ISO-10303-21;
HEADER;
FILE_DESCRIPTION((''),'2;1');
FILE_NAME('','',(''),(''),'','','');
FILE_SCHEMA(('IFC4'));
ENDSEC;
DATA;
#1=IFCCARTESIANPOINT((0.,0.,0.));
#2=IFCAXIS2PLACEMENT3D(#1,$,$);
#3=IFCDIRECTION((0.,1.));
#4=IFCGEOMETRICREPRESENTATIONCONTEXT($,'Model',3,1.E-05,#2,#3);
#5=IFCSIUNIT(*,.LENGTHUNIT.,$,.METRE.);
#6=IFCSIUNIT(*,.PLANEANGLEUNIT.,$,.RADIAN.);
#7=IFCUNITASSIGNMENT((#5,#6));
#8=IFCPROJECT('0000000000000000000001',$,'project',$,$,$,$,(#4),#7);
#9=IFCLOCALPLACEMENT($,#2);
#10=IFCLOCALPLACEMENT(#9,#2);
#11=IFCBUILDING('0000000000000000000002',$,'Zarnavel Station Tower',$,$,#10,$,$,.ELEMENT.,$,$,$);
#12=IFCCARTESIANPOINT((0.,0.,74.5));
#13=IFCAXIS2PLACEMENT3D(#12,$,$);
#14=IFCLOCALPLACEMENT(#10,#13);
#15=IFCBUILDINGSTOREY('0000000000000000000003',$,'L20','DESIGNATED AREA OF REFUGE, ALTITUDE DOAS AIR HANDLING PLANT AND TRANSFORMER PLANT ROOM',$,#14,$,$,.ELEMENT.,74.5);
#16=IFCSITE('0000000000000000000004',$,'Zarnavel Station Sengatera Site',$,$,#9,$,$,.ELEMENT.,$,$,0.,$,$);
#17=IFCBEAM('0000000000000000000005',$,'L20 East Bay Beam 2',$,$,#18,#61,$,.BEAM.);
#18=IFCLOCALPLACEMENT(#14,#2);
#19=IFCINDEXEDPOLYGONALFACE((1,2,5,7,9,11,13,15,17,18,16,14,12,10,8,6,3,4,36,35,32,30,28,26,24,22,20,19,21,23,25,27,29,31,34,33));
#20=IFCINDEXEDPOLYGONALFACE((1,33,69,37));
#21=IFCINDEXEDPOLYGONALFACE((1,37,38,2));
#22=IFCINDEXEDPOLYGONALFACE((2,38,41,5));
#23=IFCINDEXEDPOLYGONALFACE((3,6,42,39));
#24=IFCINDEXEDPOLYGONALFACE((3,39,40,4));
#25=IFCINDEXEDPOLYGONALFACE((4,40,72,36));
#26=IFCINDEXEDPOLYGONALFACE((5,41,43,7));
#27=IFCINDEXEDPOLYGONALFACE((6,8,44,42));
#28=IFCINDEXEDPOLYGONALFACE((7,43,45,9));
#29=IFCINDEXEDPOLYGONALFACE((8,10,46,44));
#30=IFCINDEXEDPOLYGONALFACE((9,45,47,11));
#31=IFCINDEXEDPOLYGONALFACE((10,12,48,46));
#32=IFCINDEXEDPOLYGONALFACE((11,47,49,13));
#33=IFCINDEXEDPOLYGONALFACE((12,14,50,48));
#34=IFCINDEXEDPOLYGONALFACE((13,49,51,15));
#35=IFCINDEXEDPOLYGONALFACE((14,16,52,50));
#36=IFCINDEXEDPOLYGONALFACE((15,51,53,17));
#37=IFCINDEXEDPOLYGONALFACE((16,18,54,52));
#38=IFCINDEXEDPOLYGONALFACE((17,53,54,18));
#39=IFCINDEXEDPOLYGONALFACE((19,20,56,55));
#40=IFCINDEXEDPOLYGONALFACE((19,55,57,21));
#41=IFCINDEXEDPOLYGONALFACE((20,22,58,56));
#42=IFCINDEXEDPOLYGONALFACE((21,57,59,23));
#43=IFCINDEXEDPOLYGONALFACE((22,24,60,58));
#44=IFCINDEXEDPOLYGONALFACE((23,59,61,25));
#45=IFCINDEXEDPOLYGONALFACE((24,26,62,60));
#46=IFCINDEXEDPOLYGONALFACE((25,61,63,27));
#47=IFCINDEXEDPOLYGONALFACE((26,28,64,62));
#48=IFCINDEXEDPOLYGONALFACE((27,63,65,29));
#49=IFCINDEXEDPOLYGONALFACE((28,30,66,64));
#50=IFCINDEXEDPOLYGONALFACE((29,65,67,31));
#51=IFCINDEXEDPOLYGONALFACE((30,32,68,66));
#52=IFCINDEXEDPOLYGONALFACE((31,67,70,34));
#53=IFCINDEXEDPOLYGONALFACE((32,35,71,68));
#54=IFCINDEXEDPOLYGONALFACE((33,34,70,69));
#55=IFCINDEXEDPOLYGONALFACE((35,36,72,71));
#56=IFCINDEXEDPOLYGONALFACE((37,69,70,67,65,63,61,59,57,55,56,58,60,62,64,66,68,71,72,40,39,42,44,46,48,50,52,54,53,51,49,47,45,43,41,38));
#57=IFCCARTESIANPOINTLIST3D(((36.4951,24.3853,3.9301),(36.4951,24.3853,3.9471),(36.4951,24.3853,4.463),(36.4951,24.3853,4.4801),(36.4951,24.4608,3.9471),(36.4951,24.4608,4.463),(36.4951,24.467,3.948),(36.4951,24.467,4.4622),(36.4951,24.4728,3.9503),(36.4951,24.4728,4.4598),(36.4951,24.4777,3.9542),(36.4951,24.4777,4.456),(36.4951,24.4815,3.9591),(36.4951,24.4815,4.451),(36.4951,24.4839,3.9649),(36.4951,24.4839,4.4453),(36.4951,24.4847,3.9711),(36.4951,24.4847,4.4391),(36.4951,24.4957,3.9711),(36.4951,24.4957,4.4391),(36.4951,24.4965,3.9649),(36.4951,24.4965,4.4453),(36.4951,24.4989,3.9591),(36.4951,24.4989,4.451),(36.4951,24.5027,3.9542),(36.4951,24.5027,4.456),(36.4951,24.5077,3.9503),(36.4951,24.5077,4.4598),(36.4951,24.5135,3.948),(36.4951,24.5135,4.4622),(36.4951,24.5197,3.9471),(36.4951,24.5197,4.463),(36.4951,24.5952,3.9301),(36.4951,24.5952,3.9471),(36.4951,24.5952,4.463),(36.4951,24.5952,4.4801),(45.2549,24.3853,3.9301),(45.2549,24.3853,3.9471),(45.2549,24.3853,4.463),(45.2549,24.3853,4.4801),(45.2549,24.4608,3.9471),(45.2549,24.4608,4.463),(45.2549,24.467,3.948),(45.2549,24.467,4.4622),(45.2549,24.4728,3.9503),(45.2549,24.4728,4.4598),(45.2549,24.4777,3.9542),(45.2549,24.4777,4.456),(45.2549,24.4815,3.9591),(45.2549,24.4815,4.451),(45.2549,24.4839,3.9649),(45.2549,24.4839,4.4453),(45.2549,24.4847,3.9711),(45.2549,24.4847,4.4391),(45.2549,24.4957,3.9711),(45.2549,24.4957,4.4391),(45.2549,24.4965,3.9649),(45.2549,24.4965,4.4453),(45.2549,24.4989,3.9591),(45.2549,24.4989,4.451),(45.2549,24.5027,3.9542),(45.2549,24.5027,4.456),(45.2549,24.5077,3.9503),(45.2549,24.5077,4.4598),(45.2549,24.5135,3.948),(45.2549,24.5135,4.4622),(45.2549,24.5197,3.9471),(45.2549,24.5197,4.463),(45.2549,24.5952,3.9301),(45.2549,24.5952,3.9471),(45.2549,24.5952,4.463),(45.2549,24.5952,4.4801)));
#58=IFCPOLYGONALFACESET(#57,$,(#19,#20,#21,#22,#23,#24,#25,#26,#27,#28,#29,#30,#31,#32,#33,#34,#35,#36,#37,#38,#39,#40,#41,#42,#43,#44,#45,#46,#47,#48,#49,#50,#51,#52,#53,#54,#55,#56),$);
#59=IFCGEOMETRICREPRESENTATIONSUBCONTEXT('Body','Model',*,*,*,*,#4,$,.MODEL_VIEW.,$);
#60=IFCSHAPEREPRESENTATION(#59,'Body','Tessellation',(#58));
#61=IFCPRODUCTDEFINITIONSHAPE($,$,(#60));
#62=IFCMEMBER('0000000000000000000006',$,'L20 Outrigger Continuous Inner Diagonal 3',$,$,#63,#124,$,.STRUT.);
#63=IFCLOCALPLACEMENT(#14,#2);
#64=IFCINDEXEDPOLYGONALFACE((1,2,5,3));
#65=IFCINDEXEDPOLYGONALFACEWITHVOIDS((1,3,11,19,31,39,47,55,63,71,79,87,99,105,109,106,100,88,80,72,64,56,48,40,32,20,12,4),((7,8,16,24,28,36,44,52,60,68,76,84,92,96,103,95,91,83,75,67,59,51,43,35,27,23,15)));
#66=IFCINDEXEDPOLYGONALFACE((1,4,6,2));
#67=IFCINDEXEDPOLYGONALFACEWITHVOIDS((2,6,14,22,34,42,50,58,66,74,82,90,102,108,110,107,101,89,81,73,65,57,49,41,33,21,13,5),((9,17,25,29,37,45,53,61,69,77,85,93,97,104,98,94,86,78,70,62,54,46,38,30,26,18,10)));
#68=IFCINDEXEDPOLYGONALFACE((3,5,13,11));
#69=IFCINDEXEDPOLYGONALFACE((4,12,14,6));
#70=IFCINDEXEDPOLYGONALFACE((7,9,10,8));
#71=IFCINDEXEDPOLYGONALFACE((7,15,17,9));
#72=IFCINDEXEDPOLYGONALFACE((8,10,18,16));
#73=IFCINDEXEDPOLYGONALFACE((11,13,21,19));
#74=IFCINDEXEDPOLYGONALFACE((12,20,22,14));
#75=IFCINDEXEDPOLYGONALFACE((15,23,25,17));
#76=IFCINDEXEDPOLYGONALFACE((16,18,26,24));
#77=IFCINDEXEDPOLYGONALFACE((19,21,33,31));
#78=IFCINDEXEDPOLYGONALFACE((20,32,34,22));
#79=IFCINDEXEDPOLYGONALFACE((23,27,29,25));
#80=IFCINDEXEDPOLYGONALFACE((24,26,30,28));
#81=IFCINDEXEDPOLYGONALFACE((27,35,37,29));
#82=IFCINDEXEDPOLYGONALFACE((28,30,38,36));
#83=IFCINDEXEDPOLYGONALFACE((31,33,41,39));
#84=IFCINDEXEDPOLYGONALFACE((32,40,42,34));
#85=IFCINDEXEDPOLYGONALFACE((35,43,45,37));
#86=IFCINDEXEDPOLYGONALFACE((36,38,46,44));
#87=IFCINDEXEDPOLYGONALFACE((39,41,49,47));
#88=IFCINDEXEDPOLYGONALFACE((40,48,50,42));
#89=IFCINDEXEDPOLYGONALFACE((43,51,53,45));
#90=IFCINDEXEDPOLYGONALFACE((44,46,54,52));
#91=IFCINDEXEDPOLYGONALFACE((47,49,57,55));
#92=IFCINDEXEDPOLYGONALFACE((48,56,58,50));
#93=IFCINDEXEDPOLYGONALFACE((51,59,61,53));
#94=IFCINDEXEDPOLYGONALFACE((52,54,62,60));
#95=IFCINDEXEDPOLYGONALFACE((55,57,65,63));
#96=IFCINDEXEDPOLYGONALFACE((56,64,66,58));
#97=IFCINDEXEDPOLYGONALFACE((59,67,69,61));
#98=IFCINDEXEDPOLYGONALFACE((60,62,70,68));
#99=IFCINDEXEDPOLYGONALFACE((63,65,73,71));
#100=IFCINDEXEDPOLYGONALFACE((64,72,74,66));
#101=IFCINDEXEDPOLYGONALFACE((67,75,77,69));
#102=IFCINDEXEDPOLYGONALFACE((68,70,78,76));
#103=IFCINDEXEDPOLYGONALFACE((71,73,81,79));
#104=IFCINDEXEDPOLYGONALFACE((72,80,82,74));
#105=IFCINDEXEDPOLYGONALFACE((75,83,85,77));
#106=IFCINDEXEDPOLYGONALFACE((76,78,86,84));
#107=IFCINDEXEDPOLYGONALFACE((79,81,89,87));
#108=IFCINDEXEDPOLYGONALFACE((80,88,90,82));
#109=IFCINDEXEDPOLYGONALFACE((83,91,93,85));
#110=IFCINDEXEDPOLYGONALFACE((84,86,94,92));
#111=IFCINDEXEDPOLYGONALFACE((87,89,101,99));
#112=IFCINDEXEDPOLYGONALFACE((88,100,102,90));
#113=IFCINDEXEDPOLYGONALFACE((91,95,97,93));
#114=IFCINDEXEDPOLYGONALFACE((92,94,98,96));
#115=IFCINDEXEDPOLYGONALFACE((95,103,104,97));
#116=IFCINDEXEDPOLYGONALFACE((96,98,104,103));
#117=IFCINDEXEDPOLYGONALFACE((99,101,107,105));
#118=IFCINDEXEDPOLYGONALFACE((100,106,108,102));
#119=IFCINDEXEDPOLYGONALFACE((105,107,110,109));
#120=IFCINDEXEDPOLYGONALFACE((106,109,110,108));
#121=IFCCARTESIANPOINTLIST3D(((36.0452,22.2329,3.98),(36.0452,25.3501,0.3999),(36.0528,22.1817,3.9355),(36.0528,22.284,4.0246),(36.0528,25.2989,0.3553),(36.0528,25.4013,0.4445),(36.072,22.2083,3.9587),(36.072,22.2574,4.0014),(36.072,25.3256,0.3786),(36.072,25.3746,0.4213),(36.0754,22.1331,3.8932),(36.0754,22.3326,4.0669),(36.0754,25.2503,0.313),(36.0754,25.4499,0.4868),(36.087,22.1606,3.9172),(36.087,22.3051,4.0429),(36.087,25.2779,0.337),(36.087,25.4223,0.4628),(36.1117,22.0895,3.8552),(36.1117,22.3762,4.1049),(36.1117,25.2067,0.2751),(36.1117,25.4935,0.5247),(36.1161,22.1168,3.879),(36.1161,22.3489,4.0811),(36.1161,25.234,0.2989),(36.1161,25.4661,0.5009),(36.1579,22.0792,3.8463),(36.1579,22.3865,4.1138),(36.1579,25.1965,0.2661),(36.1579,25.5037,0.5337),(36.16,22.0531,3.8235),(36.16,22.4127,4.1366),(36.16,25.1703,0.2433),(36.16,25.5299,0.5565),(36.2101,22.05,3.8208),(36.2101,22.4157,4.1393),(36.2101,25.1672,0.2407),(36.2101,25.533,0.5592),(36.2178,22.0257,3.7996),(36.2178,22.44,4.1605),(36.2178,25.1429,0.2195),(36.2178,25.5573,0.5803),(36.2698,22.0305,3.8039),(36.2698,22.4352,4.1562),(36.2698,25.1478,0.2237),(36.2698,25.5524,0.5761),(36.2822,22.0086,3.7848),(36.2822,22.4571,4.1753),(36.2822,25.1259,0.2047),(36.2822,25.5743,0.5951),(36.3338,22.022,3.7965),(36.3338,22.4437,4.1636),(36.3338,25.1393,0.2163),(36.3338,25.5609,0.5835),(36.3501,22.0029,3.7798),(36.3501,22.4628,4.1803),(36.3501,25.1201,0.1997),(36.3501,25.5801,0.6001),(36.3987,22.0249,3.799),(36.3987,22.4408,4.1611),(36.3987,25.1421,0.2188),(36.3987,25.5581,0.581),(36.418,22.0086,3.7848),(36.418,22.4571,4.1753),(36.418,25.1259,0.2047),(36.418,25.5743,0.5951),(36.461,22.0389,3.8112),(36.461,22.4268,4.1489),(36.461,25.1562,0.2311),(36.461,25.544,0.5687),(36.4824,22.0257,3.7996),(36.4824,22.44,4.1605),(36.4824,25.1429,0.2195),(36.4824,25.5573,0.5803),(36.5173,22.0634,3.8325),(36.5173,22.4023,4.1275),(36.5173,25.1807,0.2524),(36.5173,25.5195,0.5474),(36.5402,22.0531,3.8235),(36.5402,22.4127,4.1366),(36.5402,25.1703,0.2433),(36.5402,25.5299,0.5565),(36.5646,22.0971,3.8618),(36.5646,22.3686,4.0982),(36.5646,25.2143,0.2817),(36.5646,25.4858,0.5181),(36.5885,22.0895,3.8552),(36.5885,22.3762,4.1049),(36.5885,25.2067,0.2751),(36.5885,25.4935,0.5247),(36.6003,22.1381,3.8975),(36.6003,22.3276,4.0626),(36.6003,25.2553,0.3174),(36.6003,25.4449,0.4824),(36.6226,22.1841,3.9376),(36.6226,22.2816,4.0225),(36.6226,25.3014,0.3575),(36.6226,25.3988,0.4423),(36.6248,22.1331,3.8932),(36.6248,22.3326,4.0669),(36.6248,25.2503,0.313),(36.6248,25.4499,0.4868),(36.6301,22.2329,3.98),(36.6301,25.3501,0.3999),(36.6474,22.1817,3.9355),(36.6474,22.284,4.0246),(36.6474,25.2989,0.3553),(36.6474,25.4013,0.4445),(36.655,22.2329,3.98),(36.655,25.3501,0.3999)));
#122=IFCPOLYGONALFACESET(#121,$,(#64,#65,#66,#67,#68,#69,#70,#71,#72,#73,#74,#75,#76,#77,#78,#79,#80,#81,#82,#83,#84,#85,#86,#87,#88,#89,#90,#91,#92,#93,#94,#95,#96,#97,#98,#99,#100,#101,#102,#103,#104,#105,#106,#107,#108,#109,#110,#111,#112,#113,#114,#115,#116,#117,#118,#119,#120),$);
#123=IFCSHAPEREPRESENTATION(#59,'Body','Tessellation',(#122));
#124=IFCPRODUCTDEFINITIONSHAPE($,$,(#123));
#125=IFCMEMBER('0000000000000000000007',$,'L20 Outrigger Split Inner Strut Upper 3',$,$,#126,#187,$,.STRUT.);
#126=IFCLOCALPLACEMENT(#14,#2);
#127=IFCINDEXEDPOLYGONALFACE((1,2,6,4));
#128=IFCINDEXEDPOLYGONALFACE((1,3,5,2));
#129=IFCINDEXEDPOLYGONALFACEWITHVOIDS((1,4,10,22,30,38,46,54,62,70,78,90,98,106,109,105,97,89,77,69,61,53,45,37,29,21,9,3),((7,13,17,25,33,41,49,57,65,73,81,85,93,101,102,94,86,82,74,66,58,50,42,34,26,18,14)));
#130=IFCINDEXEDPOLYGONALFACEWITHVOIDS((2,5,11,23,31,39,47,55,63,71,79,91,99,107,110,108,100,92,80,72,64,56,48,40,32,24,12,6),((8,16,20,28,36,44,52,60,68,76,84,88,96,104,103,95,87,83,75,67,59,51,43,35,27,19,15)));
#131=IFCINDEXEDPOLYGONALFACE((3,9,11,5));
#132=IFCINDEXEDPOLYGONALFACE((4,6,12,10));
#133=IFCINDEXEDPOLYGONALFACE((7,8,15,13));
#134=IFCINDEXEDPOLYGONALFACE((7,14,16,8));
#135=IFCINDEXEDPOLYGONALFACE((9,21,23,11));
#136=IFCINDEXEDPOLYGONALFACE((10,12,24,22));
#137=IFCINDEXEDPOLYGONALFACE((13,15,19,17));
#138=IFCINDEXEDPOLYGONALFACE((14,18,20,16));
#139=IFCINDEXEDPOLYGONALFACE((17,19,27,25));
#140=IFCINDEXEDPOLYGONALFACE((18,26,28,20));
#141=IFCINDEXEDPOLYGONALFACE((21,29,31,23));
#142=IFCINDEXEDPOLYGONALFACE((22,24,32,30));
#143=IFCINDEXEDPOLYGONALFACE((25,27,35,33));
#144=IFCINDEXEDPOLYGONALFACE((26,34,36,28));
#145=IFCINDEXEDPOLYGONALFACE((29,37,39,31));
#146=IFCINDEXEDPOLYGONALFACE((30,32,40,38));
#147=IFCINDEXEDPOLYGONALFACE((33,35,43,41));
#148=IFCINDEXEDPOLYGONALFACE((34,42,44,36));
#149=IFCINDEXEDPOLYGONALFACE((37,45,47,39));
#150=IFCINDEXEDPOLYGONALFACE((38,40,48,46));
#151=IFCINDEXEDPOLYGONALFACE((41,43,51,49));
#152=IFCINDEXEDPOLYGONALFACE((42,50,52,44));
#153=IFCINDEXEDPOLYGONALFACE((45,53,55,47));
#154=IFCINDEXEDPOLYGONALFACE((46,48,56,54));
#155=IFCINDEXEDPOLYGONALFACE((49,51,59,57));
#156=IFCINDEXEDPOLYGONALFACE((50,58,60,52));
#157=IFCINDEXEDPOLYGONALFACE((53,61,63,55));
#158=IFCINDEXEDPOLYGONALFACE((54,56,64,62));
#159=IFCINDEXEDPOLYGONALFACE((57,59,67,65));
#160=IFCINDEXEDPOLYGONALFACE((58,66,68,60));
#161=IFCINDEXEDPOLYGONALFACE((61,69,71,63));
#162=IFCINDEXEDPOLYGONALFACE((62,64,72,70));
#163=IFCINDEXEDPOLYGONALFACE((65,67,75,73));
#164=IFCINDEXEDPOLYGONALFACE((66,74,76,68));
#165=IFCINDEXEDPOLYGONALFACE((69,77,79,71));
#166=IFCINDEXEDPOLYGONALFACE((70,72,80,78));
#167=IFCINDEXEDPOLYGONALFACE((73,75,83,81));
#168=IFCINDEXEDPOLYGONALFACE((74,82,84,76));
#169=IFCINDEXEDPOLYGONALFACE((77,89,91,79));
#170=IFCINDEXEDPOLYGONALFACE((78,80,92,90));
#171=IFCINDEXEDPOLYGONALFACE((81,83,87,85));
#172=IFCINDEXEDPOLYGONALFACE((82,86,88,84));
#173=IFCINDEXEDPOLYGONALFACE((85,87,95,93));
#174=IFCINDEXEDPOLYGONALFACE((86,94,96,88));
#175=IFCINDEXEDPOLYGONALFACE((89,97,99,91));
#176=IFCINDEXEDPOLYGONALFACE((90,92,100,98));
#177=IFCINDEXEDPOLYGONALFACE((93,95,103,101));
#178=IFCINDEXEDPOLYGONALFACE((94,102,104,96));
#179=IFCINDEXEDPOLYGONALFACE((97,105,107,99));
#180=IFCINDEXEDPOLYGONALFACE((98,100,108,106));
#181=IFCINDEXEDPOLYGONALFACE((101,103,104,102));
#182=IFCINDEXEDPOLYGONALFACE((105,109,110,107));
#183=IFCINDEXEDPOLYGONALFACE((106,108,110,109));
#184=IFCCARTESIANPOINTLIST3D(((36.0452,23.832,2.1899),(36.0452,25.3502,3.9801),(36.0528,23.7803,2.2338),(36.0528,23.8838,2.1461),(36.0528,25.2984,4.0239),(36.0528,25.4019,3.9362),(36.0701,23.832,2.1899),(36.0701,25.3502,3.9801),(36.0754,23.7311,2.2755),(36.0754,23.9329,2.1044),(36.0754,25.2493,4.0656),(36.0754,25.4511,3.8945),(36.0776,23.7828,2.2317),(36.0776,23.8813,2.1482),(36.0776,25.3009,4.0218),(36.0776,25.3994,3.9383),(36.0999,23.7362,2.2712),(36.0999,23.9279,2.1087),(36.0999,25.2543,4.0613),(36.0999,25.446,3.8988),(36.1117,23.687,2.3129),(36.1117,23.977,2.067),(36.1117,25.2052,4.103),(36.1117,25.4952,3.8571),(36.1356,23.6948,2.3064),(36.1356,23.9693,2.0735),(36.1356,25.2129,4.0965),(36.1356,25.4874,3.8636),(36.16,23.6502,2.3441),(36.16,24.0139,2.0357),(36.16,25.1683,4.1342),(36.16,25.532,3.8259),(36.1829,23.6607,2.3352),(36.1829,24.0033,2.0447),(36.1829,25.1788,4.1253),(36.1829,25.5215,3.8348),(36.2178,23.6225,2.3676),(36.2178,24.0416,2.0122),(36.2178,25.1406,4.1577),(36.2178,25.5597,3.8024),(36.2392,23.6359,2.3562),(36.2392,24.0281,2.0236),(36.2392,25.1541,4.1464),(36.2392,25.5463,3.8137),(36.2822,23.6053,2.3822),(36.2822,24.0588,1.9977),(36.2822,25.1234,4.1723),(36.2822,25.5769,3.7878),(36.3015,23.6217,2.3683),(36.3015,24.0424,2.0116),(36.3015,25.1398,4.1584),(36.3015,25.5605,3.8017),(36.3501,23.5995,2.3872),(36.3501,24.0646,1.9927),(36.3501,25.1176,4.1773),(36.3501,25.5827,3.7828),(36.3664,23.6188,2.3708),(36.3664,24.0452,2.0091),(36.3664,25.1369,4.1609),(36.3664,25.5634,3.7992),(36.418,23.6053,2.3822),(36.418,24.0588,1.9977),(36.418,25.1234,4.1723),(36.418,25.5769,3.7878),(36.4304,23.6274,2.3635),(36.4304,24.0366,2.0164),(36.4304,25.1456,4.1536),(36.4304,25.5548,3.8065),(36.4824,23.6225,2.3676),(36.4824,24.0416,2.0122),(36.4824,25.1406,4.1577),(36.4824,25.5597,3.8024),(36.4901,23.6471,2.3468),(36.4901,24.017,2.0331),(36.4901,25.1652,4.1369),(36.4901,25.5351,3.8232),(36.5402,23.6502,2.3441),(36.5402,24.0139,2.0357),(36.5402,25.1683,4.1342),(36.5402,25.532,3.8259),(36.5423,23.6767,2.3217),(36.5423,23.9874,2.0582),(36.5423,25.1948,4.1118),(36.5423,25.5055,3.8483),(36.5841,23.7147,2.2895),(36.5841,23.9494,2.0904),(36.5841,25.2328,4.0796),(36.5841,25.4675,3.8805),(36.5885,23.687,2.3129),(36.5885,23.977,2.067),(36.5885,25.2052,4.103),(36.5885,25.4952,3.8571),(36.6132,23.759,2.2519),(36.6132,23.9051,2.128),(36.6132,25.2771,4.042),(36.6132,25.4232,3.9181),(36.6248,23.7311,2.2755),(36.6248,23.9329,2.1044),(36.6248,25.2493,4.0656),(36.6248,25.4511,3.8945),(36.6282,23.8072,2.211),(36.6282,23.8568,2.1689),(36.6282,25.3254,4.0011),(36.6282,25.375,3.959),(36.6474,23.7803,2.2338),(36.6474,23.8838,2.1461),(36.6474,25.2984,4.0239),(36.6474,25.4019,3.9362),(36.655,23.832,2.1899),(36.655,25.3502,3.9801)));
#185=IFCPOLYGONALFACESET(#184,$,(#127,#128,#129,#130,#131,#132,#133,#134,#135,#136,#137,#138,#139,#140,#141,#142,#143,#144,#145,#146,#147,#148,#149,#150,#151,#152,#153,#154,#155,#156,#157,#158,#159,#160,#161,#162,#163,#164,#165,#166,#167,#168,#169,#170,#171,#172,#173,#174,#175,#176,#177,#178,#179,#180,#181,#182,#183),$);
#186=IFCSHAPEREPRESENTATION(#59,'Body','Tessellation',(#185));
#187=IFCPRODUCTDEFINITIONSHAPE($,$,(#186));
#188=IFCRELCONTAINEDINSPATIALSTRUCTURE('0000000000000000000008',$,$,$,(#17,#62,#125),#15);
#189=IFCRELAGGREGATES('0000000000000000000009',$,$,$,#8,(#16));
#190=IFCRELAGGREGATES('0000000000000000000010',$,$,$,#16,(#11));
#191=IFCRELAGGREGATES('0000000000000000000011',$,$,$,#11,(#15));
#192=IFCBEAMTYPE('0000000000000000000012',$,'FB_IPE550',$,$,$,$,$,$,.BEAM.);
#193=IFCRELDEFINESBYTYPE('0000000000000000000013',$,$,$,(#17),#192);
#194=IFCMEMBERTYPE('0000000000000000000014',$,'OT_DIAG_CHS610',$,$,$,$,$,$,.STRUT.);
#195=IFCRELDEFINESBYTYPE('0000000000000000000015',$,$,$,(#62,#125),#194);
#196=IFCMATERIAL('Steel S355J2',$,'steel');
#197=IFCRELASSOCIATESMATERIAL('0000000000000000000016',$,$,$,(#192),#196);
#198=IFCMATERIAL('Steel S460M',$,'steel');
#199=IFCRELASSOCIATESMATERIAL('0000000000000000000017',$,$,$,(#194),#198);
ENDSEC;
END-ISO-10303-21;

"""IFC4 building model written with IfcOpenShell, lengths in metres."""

from ifc_helpers import new_model, si_unit, direction, frame, origin, origin_2d, place, context, subcontext, project, spatial, hollow_circle, i_section, extrude, material, material_profile, profile_set, type_object, element, save


model = new_model("IFC4")

# Units and contexts
model_context = context("Model", 3, precision=1e-05, world=origin(), true_north=direction((0.0, 1.0)))
body_context = subcontext(model_context, "Body", "Model", "MODEL_VIEW")
ifc_project = project(units=[si_unit("LENGTHUNIT", "METRE"), si_unit("PLANEANGLEUNIT", "RADIAN")], contexts=[model_context])

# Site, building, storey
site_placement = place(None, origin())
site = spatial("IfcSite", under=ifc_project, at=site_placement, Name="Zarnavel Station Sengatera Site", CompositionType="ELEMENT", RefElevation=0.0)
building_placement = place(site_placement, origin())
building = spatial("IfcBuilding", under=site, at=building_placement, Name="Zarnavel Station Tower", CompositionType="ELEMENT")
storey_placement = place(building_placement, frame((0.0, 0.0, 74.5)))
storey = spatial("IfcBuildingStorey", under=building, at=storey_placement, Name="L20", Description="DESIGNATED AREA OF REFUGE, ALTITUDE DOAS AIR HANDLING PLANT AND TRANSFORMER PLANT ROOM", CompositionType="ELEMENT", Elevation=74.5)

# Beam
ifc_material_1 = material(Name="Steel S355J2", Category="steel")
ifc_material_profile_1 = material_profile(ifc_material_1, i_section(OverallWidth=0.21, OverallDepth=0.55, WebThickness=0.011, FlangeThickness=0.0171, FilletRadius=0.0239, at=origin_2d()), Name="IPE550")
ifc_profile_set_1 = profile_set([ifc_material_profile_1], Name="Steel S355J2")
beam_type_1 = type_object("IfcBeamType", Name="FB_IPE550", PredefinedType="BEAM", material=ifc_profile_set_1)
beam_1_placement = place(storey_placement, frame((36.4951, 24.4902, 4.2051), z_axis=(1.0, 0.0, 0.0), x_axis=(0.0, 1.0, 0.0)))
element("IfcBeam", 1, at=beam_1_placement, inside=storey, type_object=beam_type_1, Name="L20 East Bay Beam 2", PredefinedType="BEAM", context=body_context, shape_type="SweptSolid", body=[
    extrude(i_section(OverallWidth=0.21, OverallDepth=0.55, WebThickness=0.011, FlangeThickness=0.0171, FilletRadius=0.0239, at=origin_2d()), origin(), (0.0, 0.0, 1.0), 8.7598),
])

# Members
ifc_material_2 = material(Name="Steel S460M", Category="steel")
ifc_material_profile_2 = material_profile(ifc_material_2, hollow_circle(Radius=0.3049, WallThickness=0.0249, at=origin_2d()), Name="CHS610x25")
ifc_profile_set_2 = profile_set([ifc_material_profile_2], Name="Steel S460M")
member_type_1 = type_object("IfcMemberType", Name="OT_DIAG_CHS610", PredefinedType="STRUT", material=ifc_profile_set_2)
member_1_placement = place(storey_placement, frame((36.3501, 25.3501, 0.3999), z_axis=(0.0, -0.656668, 0.75418), x_axis=(1.0, 0.0, 0.0)))
element("IfcMember", 2, at=member_1_placement, inside=storey, type_object=member_type_1, Name="L20 Outrigger Continuous Inner Diagonal 3", PredefinedType="STRUT", context=body_context, shape_type="SweptSolid", body=[
    extrude(hollow_circle(Radius=0.3049, WallThickness=0.0249, at=origin_2d()), origin(), (0.0, 0.0, 1.0), 4.7471),
])
member_2_placement = place(storey_placement, frame((36.3501, 23.832, 2.1899), z_axis=(0.0, 0.64679, 0.762668), x_axis=(-1.0, 0.0, 0.0)))
element("IfcMember", 3, at=member_2_placement, inside=storey, type_object=member_type_1, Name="L20 Outrigger Split Inner Strut Upper 3", PredefinedType="STRUT", context=body_context, shape_type="SweptSolid", body=[
    extrude(hollow_circle(Radius=0.3049, WallThickness=0.0249, at=origin_2d()), origin(), (0.0, 0.0, 1.0), 2.3472),
])

save(model, "model.ifc")
